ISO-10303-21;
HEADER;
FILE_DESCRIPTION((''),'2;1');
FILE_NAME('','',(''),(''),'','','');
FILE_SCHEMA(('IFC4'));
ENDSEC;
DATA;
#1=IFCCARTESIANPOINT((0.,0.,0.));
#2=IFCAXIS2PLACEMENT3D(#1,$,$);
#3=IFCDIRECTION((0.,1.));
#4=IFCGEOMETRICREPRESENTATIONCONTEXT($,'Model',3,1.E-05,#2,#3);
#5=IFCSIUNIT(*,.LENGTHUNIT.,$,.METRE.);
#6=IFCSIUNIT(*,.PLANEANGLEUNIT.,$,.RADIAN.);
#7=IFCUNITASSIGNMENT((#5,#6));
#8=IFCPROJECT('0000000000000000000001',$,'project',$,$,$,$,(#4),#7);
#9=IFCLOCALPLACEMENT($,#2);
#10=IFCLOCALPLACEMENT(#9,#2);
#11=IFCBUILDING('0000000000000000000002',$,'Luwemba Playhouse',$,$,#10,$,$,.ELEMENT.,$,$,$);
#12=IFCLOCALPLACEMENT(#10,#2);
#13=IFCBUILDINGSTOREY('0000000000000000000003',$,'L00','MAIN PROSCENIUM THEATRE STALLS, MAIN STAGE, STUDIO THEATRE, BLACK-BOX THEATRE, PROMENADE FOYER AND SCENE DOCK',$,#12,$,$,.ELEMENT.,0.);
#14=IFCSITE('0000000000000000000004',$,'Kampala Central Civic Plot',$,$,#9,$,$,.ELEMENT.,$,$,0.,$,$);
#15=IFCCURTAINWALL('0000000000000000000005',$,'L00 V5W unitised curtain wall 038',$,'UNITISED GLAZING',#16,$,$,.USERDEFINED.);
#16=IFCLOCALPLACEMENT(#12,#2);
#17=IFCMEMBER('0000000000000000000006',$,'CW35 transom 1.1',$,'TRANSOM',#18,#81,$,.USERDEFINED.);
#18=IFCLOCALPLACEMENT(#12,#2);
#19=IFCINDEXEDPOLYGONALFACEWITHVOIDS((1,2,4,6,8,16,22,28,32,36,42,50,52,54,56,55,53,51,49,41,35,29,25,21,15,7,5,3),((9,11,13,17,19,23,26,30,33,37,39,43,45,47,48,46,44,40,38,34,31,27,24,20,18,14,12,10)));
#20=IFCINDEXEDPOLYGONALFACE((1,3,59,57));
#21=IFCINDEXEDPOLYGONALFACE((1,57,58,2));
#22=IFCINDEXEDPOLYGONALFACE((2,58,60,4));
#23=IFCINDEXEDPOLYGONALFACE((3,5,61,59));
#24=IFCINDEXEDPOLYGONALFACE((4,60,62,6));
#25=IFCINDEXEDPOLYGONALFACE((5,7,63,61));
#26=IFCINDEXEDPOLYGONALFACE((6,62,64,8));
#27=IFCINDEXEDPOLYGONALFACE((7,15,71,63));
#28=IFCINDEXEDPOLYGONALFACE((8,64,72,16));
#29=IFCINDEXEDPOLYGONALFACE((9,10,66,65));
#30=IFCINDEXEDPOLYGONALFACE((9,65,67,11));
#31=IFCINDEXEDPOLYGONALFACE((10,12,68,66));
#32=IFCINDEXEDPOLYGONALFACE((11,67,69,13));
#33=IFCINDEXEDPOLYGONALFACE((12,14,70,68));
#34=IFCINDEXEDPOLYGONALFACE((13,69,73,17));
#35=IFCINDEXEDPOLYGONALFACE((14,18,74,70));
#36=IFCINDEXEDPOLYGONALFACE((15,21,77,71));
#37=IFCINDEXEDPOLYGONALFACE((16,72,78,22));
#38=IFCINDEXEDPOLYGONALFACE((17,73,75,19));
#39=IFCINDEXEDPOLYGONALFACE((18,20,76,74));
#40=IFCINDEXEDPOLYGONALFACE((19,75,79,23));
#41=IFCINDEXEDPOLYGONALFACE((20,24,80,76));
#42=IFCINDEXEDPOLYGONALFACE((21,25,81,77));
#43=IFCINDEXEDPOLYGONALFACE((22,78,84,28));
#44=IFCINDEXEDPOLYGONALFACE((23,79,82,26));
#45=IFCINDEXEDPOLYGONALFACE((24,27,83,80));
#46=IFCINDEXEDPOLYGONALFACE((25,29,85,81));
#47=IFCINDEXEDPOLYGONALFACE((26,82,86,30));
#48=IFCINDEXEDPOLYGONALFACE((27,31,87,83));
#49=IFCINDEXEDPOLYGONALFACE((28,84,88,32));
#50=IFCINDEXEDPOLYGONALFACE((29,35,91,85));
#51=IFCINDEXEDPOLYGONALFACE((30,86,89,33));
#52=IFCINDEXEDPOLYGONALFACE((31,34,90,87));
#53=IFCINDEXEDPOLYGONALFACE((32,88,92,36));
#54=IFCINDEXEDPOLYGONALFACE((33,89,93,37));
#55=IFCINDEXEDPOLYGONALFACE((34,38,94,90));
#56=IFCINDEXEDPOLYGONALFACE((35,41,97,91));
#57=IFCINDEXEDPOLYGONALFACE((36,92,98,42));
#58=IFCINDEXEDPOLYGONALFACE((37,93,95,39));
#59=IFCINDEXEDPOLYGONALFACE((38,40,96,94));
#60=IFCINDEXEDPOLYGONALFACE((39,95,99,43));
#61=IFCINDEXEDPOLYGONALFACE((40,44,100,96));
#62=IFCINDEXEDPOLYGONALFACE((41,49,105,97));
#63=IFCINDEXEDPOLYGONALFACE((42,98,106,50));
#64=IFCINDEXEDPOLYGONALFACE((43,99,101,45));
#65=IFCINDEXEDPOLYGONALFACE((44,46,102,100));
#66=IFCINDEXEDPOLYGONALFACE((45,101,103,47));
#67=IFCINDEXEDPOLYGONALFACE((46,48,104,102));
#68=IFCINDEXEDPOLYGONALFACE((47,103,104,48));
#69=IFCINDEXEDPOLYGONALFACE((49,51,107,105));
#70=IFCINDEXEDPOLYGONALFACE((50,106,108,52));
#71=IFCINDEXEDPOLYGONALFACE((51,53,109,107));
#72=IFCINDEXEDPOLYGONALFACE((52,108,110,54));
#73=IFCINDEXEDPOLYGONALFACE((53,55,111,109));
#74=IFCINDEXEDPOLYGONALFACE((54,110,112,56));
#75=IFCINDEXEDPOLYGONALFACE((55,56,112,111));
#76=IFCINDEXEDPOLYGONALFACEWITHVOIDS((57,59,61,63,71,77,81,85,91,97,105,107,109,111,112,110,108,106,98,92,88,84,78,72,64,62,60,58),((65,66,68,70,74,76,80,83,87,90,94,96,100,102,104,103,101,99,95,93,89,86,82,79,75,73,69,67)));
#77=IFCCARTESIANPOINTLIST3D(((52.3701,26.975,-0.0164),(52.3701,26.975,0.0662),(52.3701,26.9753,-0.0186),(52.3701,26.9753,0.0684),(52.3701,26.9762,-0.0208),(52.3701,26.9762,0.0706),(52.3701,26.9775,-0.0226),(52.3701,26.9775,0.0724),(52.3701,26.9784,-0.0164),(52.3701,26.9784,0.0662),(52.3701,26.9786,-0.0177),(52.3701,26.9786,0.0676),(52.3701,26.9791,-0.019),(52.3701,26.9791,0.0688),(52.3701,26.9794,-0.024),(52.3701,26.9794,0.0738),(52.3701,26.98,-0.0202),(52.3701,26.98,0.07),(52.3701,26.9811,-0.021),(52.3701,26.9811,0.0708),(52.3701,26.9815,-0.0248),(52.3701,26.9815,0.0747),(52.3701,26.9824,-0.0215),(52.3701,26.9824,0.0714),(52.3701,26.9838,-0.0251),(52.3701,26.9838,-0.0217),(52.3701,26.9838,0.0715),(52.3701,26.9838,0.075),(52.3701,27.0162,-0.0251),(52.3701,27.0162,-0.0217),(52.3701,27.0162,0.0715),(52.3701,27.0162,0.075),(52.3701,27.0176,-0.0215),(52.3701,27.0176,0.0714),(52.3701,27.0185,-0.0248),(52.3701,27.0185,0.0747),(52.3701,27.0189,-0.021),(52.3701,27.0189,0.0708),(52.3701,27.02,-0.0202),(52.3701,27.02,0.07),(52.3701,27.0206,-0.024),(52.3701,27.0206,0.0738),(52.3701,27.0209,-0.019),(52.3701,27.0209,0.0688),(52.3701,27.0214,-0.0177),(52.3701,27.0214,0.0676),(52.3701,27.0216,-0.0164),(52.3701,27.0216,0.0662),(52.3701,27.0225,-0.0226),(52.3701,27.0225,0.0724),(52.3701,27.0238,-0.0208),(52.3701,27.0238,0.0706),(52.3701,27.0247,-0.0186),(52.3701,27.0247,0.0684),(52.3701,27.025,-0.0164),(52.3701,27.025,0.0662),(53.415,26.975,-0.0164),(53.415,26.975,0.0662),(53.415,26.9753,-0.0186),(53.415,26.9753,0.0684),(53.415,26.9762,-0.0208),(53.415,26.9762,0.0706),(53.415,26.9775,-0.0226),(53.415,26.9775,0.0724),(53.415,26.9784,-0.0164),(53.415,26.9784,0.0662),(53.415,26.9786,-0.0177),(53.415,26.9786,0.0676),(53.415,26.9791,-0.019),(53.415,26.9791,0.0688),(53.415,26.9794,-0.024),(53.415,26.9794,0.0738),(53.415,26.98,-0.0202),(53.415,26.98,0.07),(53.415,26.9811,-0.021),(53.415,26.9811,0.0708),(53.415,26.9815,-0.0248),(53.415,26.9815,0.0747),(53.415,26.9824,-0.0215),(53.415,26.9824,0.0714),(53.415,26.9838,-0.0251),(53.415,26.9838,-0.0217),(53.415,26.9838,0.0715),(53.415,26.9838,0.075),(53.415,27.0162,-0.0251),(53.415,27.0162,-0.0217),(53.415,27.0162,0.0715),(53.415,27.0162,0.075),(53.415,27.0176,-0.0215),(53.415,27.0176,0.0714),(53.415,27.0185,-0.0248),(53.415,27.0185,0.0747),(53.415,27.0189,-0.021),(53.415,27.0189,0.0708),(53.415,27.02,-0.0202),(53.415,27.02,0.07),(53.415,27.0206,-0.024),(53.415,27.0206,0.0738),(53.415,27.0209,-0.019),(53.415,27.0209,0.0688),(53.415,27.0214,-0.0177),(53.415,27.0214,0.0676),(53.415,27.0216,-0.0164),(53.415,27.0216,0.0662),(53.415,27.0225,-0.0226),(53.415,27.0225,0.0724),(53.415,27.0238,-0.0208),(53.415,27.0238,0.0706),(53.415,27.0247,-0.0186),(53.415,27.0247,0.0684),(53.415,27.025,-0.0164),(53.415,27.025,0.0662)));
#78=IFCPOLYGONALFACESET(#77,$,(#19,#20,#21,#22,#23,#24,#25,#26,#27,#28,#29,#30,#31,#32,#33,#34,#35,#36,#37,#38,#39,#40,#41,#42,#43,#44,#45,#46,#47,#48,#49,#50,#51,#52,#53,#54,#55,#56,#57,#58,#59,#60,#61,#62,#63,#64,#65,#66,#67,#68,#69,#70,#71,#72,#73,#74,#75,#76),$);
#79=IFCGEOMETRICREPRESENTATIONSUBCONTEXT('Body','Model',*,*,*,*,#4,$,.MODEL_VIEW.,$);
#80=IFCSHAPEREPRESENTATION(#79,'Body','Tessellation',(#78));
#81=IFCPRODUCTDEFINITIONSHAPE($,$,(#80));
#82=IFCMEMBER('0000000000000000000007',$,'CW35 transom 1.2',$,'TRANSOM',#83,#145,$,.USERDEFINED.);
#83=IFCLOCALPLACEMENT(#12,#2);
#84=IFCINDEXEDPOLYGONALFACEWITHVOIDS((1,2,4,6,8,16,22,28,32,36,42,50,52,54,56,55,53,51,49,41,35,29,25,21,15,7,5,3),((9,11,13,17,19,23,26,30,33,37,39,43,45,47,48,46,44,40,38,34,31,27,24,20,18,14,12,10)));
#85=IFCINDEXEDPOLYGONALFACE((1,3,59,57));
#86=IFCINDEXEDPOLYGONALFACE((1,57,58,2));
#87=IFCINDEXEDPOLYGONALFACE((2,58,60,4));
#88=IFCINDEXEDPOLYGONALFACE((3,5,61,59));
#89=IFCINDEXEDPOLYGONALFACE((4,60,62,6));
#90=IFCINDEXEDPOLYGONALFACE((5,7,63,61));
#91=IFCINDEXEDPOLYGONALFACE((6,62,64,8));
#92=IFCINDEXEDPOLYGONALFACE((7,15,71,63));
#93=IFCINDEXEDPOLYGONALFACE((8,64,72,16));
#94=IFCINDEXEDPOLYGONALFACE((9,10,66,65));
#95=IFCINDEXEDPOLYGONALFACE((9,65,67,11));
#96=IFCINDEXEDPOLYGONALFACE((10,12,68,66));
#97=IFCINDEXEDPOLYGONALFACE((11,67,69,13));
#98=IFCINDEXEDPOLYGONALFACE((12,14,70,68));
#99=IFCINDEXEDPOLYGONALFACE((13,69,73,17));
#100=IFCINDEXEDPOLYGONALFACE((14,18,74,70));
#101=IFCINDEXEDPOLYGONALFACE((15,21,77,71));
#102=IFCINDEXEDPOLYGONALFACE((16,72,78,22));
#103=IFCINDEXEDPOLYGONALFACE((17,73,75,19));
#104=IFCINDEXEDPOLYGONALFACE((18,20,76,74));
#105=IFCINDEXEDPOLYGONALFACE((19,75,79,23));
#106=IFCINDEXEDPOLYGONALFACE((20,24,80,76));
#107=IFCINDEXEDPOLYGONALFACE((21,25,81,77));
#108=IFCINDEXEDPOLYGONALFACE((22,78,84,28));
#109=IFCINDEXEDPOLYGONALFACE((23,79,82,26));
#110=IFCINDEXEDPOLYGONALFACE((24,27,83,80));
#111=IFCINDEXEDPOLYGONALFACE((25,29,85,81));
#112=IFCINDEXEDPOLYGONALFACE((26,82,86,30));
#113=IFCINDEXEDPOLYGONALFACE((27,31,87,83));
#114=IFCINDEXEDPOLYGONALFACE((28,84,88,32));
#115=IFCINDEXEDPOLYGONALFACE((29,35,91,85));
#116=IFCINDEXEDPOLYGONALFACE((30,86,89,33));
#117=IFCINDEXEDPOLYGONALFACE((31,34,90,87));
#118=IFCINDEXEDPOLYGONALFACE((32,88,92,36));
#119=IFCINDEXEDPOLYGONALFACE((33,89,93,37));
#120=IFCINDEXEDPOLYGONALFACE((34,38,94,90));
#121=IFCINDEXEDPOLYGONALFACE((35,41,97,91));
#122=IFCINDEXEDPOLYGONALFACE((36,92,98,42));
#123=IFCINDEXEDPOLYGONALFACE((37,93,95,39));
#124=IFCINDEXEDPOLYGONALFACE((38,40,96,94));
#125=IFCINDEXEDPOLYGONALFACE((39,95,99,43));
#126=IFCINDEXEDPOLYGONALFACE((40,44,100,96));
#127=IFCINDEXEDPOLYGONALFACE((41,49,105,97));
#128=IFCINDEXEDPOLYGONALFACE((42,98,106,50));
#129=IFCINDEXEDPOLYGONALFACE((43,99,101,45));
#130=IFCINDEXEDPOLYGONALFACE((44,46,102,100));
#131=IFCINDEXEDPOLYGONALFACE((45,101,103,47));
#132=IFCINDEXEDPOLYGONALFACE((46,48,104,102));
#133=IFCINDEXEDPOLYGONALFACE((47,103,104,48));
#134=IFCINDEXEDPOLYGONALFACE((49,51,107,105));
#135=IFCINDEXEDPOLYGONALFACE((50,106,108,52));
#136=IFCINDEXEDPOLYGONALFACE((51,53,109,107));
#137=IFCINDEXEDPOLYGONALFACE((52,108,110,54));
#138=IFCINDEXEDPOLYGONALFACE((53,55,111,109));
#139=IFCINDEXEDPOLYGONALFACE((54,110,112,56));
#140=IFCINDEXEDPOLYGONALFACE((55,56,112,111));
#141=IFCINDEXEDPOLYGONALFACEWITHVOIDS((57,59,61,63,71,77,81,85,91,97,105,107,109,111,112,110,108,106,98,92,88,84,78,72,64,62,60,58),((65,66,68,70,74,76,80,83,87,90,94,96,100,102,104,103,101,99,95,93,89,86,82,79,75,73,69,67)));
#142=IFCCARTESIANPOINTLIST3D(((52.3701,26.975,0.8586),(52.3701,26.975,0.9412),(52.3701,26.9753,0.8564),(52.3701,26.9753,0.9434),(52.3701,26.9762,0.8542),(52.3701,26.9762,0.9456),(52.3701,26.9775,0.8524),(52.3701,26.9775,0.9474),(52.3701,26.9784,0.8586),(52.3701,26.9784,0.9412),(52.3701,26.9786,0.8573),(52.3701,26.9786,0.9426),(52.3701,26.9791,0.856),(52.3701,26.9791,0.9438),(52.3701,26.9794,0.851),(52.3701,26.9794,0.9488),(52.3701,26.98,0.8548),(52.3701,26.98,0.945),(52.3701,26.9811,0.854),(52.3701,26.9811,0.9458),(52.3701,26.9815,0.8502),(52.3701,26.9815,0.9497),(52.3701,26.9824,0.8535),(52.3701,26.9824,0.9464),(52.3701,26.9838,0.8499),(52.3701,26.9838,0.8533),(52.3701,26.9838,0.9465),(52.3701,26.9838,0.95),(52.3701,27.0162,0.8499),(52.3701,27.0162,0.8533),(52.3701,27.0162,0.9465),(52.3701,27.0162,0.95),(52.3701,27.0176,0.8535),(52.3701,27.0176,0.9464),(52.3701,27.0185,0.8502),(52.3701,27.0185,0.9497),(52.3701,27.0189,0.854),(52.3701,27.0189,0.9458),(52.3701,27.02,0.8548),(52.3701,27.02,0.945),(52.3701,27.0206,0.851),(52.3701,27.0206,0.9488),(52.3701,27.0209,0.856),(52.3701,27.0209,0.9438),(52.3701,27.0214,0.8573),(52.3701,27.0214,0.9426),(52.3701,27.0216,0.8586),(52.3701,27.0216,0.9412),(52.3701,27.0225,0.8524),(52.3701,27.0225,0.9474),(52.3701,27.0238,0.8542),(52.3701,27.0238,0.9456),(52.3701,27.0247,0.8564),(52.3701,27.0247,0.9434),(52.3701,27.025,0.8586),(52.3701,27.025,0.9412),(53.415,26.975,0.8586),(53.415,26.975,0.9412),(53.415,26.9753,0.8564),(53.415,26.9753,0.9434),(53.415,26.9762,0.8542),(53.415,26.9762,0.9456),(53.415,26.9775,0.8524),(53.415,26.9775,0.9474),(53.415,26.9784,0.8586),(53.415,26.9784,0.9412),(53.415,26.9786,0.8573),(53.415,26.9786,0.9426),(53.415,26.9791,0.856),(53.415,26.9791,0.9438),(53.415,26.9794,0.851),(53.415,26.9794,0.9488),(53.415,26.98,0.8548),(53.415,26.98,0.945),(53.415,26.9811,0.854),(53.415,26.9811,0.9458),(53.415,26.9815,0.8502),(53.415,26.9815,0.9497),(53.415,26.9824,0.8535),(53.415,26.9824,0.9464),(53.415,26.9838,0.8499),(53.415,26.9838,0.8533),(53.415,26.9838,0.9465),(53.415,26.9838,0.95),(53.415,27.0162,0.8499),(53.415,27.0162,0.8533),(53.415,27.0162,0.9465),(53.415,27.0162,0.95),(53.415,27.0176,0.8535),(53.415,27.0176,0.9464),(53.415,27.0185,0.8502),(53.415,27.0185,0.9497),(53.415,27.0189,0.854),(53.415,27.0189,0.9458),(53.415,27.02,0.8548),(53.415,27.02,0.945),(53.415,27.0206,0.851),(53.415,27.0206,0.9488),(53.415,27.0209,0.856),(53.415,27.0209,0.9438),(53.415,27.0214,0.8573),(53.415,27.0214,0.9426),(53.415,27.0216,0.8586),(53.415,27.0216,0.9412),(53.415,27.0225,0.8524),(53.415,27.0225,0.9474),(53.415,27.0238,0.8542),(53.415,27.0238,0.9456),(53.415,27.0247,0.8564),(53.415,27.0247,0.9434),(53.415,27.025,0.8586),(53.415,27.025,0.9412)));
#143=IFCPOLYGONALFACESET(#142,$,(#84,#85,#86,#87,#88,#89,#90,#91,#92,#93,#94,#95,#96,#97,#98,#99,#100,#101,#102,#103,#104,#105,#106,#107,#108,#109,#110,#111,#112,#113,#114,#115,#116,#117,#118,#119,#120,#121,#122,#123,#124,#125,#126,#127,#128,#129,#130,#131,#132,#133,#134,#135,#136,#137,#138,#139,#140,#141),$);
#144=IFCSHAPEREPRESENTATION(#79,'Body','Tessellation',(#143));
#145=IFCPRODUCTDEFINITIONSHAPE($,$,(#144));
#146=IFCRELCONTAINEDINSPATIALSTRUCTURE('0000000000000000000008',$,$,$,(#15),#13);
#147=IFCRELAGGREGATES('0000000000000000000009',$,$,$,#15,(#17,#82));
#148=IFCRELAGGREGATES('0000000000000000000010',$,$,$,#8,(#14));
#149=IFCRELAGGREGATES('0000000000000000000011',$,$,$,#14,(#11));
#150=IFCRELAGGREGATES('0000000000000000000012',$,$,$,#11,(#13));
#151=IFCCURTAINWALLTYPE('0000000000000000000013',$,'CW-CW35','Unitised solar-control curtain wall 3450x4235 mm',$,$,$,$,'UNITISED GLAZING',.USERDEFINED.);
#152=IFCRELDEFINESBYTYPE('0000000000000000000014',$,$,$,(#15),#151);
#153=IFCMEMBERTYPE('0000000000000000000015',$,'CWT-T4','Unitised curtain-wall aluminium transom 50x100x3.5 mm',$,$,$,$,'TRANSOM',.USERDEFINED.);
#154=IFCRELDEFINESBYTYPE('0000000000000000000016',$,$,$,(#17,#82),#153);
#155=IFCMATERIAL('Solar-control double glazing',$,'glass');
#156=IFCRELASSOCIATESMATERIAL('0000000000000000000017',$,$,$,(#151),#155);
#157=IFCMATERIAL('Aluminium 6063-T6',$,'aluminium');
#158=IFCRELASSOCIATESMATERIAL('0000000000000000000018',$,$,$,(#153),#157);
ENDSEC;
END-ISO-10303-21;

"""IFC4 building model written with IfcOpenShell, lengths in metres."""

from ifc_helpers import new_model, si_unit, direction, frame, origin, origin_2d, place, context, subcontext, project, spatial, hollow_rectangle, extrude, material, material_profile, profile_set, type_object, element, aggregate, save


model = new_model("IFC4")

# Units and contexts
model_context = context("Model", 3, precision=1e-05, world=origin(), true_north=direction((0.0, 1.0)))
body_context = subcontext(model_context, "Body", "Model", "MODEL_VIEW")
ifc_project = project(units=[si_unit("LENGTHUNIT", "METRE"), si_unit("PLANEANGLEUNIT", "RADIAN")], contexts=[model_context])

# Site, building, storey
site_placement = place(None, origin())
site = spatial("IfcSite", under=ifc_project, at=site_placement, Name="Kampala Central Civic Plot", CompositionType="ELEMENT", RefElevation=0.0)
building_placement = place(site_placement, origin())
building = spatial("IfcBuilding", under=site, at=building_placement, Name="Luwemba Playhouse", CompositionType="ELEMENT")
storey_placement = place(building_placement, origin())
storey = spatial("IfcBuildingStorey", under=building, at=storey_placement, Name="L00", Description="MAIN PROSCENIUM THEATRE STALLS, MAIN STAGE, STUDIO THEATRE, BLACK-BOX THEATRE, PROMENADE FOYER AND SCENE DOCK", CompositionType="ELEMENT", Elevation=0.0)

# Shared definitions
ifc_material_1 = material(Name="Solar-control double glazing", Category="glass")
ifc_material_2 = material(Name="Aluminium 6063-T6", Category="aluminium")

# Curtain wall
curtain_wall_type_1 = type_object("IfcCurtainWallType", Name="CW-CW35", Description="Unitised solar-control curtain wall 3450x4235 mm", ElementType="UNITISED GLAZING", PredefinedType="USERDEFINED", material=ifc_material_1)
curtain_wall_1_placement = place(storey_placement, origin())
curtain_wall_1 = element("IfcCurtainWall", 1, at=curtain_wall_1_placement, inside=storey, type_object=curtain_wall_type_1, Name="L00 V5W unitised curtain wall 038", ObjectType="UNITISED GLAZING", PredefinedType="USERDEFINED")

# Members
ifc_material_profile_1 = material_profile(ifc_material_2, hollow_rectangle(XDim=0.05, YDim=0.1001, WallThickness=0.0034, InnerFilletRadius=0.0054, OuterFilletRadius=0.0088, at=origin_2d()))
ifc_profile_set_1 = profile_set([ifc_material_profile_1], Name="Aluminium 6063-T6")
member_type_1 = type_object("IfcMemberType", Name="CWT-T4", Description="Unitised curtain-wall aluminium transom 50x100x3.5 mm", ElementType="TRANSOM", PredefinedType="USERDEFINED", material=ifc_profile_set_1)
member_1_placement = place(storey_placement, frame((52.3701, 27.0, 0.0249), z_axis=(1.0, 0.0, 0.0), x_axis=(0.0, 1.0, 0.0)))
member_1 = element("IfcMember", 2, at=member_1_placement, type_object=member_type_1, Name="CW35 transom 1.1", ObjectType="TRANSOM", PredefinedType="USERDEFINED", context=body_context, shape_type="SweptSolid", body=[
    extrude(hollow_rectangle(XDim=0.05, YDim=0.1001, WallThickness=0.0034, InnerFilletRadius=0.0054, OuterFilletRadius=0.0088, at=origin_2d()), origin(), (0.0, 0.0, 1.0), 1.0449),
])
member_2_placement = place(storey_placement, frame((52.3701, 27.0, 0.8999), z_axis=(1.0, 0.0, 0.0), x_axis=(0.0, 1.0, 0.0)))
member_2 = element("IfcMember", 3, at=member_2_placement, type_object=member_type_1, Name="CW35 transom 1.2", ObjectType="TRANSOM", PredefinedType="USERDEFINED", context=body_context, shape_type="SweptSolid", body=[
    extrude(hollow_rectangle(XDim=0.05, YDim=0.1001, WallThickness=0.0034, InnerFilletRadius=0.0054, OuterFilletRadius=0.0088, at=origin_2d()), origin(), (0.0, 0.0, 1.0), 1.0449),
])

aggregate(curtain_wall_1, [member_1, member_2])

save(model, "model.ifc")
